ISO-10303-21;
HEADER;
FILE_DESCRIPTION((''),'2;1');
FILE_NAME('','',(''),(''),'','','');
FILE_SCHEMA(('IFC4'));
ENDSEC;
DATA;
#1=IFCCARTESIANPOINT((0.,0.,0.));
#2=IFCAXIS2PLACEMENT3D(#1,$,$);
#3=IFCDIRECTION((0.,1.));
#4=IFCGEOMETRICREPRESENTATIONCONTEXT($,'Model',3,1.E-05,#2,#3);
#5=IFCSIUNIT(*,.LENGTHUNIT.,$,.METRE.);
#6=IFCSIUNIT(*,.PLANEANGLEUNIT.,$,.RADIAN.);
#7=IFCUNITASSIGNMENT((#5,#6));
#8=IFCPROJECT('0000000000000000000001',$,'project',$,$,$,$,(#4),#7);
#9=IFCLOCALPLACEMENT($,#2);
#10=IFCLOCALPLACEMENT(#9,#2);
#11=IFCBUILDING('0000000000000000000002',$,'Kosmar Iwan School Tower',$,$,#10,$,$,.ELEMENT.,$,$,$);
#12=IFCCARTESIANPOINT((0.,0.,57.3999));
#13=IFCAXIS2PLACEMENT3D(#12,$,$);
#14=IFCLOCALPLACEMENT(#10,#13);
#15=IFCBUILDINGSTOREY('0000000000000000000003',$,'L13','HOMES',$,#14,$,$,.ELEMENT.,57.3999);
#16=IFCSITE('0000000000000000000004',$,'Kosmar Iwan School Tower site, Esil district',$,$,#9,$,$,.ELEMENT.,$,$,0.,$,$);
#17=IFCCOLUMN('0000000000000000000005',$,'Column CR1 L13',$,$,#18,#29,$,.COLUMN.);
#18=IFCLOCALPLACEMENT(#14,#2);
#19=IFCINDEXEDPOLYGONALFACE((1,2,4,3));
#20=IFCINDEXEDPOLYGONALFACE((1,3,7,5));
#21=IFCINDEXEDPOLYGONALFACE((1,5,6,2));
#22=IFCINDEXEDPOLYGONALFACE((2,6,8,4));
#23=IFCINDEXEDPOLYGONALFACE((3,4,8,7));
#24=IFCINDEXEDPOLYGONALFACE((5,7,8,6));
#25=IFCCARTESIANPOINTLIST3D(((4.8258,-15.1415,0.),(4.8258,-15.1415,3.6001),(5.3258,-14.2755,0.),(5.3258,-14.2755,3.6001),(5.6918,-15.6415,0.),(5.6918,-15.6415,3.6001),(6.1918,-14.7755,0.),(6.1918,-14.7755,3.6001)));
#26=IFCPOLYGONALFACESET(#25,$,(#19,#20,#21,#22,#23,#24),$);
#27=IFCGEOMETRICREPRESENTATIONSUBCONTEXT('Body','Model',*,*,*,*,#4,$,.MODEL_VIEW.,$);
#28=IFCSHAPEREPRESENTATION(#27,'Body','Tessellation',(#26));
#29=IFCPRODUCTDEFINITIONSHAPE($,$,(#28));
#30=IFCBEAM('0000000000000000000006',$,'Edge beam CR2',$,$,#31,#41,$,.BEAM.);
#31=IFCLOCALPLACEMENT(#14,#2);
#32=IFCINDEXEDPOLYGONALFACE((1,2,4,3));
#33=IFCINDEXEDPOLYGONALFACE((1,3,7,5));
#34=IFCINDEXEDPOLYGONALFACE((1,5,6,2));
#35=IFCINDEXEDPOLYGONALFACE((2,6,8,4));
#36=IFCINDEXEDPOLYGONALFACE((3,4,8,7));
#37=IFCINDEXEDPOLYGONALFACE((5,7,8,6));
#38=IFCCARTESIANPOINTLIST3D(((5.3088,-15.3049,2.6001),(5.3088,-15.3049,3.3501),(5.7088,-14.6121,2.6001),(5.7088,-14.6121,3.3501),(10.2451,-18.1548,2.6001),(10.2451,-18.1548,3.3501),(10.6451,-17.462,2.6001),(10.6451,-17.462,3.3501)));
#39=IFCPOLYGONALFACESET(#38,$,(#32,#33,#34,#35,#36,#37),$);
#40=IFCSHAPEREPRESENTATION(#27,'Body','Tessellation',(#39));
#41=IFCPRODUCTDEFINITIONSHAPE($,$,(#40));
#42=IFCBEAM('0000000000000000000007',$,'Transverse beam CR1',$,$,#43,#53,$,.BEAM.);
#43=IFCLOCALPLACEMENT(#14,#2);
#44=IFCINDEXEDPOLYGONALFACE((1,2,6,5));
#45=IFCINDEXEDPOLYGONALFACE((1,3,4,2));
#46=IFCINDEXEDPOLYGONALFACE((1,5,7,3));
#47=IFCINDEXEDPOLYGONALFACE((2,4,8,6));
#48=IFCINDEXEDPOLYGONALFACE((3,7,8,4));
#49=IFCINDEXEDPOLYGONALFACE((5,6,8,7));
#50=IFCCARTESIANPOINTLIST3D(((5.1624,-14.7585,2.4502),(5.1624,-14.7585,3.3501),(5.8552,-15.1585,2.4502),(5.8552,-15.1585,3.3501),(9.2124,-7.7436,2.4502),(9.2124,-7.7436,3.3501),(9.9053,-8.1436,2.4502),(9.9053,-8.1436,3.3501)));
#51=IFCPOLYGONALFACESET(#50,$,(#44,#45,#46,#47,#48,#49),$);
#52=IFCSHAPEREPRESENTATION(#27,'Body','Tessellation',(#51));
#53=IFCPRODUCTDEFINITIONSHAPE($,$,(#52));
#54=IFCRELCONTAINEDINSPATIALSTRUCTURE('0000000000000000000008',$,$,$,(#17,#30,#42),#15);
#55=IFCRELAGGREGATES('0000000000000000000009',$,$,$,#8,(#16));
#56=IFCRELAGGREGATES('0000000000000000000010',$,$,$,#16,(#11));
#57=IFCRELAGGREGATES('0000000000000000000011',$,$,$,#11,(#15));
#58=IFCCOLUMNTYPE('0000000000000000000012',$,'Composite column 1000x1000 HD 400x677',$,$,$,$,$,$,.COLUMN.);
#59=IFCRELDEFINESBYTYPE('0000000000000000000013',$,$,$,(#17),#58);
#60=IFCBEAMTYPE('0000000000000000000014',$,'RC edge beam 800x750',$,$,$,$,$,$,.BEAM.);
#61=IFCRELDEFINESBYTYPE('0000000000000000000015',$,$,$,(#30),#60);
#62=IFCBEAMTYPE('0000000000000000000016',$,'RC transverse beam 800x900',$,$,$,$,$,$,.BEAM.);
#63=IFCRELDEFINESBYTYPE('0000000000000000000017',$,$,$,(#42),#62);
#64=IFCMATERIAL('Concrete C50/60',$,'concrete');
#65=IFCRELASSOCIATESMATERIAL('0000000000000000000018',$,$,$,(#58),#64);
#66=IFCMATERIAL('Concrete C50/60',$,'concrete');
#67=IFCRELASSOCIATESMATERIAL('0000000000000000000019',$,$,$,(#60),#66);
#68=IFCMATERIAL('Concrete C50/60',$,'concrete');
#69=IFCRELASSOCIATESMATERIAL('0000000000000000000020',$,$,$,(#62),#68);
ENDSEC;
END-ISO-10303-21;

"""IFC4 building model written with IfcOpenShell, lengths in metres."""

from ifc_helpers import new_model, si_unit, direction, frame, origin, origin_2d, place, context, subcontext, project, spatial, rectangle, extrude, material, material_profile, profile_set, type_object, element, save


model = new_model("IFC4")

# Units and contexts
model_context = context("Model", 3, precision=1e-05, world=origin(), true_north=direction((0.0, 1.0)))
body_context = subcontext(model_context, "Body", "Model", "MODEL_VIEW")
ifc_project = project(units=[si_unit("LENGTHUNIT", "METRE"), si_unit("PLANEANGLEUNIT", "RADIAN")], contexts=[model_context])

# Site, building, storey
site_placement = place(None, origin())
site = spatial("IfcSite", under=ifc_project, at=site_placement, Name="Kosmar Iwan School Tower site, Esil district", CompositionType="ELEMENT", RefElevation=0.0)
building_placement = place(site_placement, origin())
building = spatial("IfcBuilding", under=site, at=building_placement, Name="Kosmar Iwan School Tower", CompositionType="ELEMENT")
storey_placement = place(building_placement, frame((0.0, 0.0, 57.3999)))
storey = spatial("IfcBuildingStorey", under=building, at=storey_placement, Name="L13", Description="HOMES", CompositionType="ELEMENT", Elevation=57.3999)

# Column
ifc_material_1 = material(Name="Concrete C50/60", Category="concrete")
ifc_material_profile_1 = material_profile(ifc_material_1, rectangle(XDim=1.0, YDim=1.0, at=origin_2d()), Name="RC 1000x1000 + HD 400x677")
ifc_profile_set_1 = profile_set([ifc_material_profile_1], Name="Concrete C50/60")
column_type = type_object("IfcColumnType", Name="Composite column 1000x1000 HD 400x677", PredefinedType="COLUMN", material=ifc_profile_set_1)
column_placement = place(storey_placement, frame((5.5088, -14.9585, 0.0), z_axis=(0.0, 0.0, 1.0), x_axis=(0.866025, -0.5, 0.0)))
element("IfcColumn", 1, at=column_placement, inside=storey, type_object=column_type, Name="Column CR1 L13", PredefinedType="COLUMN", context=body_context, shape_type="SweptSolid", body=[
    extrude(rectangle(XDim=1.0, YDim=1.0, at=origin_2d()), origin(), (0.0, 0.0, 1.0), 3.6001),
])

# Beams
ifc_material_2 = material(Name="Concrete C50/60", Category="concrete")
ifc_material_profile_2 = material_profile(ifc_material_2, rectangle(XDim=0.8, YDim=0.75, at=origin_2d()), Name="RC 800x750")
ifc_profile_set_2 = profile_set([ifc_material_profile_2], Name="Concrete C50/60")
beam_type_1 = type_object("IfcBeamType", Name="RC edge beam 800x750", PredefinedType="BEAM", material=ifc_profile_set_2)
beam_1_placement = place(storey_placement, frame((5.5088, -14.9585, 2.9751), z_axis=(0.866034, -0.499986, 0.0), x_axis=(0.499986, 0.866034, 0.0)))
element("IfcBeam", 2, at=beam_1_placement, inside=storey, type_object=beam_type_1, Name="Edge beam CR2", PredefinedType="BEAM", context=body_context, shape_type="SweptSolid", body=[
    extrude(rectangle(XDim=0.8, YDim=0.75, at=origin_2d()), origin(), (0.0, 0.0, 1.0), 5.7),
])
ifc_material_3 = material(Name="Concrete C50/60", Category="concrete")
ifc_material_profile_3 = material_profile(ifc_material_3, rectangle(XDim=0.8, YDim=0.8999, at=origin_2d()), Name="RC 800x900")
ifc_profile_set_3 = profile_set([ifc_material_profile_3], Name="Concrete C50/60")
beam_type_2 = type_object("IfcBeamType", Name="RC transverse beam 800x900", PredefinedType="BEAM", material=ifc_profile_set_3)
beam_2_placement = place(storey_placement, frame((5.5088, -14.9585, 2.9001), z_axis=(0.5, 0.866025, 0.0), x_axis=(-0.866025, 0.5, 0.0)))
element("IfcBeam", 3, at=beam_2_placement, inside=storey, type_object=beam_type_2, Name="Transverse beam CR1", PredefinedType="BEAM", context=body_context, shape_type="SweptSolid", body=[
    extrude(rectangle(XDim=0.8, YDim=0.8999, at=origin_2d()), origin(), (0.0, 0.0, 1.0), 8.1001),
])

save(model, "model.ifc")
